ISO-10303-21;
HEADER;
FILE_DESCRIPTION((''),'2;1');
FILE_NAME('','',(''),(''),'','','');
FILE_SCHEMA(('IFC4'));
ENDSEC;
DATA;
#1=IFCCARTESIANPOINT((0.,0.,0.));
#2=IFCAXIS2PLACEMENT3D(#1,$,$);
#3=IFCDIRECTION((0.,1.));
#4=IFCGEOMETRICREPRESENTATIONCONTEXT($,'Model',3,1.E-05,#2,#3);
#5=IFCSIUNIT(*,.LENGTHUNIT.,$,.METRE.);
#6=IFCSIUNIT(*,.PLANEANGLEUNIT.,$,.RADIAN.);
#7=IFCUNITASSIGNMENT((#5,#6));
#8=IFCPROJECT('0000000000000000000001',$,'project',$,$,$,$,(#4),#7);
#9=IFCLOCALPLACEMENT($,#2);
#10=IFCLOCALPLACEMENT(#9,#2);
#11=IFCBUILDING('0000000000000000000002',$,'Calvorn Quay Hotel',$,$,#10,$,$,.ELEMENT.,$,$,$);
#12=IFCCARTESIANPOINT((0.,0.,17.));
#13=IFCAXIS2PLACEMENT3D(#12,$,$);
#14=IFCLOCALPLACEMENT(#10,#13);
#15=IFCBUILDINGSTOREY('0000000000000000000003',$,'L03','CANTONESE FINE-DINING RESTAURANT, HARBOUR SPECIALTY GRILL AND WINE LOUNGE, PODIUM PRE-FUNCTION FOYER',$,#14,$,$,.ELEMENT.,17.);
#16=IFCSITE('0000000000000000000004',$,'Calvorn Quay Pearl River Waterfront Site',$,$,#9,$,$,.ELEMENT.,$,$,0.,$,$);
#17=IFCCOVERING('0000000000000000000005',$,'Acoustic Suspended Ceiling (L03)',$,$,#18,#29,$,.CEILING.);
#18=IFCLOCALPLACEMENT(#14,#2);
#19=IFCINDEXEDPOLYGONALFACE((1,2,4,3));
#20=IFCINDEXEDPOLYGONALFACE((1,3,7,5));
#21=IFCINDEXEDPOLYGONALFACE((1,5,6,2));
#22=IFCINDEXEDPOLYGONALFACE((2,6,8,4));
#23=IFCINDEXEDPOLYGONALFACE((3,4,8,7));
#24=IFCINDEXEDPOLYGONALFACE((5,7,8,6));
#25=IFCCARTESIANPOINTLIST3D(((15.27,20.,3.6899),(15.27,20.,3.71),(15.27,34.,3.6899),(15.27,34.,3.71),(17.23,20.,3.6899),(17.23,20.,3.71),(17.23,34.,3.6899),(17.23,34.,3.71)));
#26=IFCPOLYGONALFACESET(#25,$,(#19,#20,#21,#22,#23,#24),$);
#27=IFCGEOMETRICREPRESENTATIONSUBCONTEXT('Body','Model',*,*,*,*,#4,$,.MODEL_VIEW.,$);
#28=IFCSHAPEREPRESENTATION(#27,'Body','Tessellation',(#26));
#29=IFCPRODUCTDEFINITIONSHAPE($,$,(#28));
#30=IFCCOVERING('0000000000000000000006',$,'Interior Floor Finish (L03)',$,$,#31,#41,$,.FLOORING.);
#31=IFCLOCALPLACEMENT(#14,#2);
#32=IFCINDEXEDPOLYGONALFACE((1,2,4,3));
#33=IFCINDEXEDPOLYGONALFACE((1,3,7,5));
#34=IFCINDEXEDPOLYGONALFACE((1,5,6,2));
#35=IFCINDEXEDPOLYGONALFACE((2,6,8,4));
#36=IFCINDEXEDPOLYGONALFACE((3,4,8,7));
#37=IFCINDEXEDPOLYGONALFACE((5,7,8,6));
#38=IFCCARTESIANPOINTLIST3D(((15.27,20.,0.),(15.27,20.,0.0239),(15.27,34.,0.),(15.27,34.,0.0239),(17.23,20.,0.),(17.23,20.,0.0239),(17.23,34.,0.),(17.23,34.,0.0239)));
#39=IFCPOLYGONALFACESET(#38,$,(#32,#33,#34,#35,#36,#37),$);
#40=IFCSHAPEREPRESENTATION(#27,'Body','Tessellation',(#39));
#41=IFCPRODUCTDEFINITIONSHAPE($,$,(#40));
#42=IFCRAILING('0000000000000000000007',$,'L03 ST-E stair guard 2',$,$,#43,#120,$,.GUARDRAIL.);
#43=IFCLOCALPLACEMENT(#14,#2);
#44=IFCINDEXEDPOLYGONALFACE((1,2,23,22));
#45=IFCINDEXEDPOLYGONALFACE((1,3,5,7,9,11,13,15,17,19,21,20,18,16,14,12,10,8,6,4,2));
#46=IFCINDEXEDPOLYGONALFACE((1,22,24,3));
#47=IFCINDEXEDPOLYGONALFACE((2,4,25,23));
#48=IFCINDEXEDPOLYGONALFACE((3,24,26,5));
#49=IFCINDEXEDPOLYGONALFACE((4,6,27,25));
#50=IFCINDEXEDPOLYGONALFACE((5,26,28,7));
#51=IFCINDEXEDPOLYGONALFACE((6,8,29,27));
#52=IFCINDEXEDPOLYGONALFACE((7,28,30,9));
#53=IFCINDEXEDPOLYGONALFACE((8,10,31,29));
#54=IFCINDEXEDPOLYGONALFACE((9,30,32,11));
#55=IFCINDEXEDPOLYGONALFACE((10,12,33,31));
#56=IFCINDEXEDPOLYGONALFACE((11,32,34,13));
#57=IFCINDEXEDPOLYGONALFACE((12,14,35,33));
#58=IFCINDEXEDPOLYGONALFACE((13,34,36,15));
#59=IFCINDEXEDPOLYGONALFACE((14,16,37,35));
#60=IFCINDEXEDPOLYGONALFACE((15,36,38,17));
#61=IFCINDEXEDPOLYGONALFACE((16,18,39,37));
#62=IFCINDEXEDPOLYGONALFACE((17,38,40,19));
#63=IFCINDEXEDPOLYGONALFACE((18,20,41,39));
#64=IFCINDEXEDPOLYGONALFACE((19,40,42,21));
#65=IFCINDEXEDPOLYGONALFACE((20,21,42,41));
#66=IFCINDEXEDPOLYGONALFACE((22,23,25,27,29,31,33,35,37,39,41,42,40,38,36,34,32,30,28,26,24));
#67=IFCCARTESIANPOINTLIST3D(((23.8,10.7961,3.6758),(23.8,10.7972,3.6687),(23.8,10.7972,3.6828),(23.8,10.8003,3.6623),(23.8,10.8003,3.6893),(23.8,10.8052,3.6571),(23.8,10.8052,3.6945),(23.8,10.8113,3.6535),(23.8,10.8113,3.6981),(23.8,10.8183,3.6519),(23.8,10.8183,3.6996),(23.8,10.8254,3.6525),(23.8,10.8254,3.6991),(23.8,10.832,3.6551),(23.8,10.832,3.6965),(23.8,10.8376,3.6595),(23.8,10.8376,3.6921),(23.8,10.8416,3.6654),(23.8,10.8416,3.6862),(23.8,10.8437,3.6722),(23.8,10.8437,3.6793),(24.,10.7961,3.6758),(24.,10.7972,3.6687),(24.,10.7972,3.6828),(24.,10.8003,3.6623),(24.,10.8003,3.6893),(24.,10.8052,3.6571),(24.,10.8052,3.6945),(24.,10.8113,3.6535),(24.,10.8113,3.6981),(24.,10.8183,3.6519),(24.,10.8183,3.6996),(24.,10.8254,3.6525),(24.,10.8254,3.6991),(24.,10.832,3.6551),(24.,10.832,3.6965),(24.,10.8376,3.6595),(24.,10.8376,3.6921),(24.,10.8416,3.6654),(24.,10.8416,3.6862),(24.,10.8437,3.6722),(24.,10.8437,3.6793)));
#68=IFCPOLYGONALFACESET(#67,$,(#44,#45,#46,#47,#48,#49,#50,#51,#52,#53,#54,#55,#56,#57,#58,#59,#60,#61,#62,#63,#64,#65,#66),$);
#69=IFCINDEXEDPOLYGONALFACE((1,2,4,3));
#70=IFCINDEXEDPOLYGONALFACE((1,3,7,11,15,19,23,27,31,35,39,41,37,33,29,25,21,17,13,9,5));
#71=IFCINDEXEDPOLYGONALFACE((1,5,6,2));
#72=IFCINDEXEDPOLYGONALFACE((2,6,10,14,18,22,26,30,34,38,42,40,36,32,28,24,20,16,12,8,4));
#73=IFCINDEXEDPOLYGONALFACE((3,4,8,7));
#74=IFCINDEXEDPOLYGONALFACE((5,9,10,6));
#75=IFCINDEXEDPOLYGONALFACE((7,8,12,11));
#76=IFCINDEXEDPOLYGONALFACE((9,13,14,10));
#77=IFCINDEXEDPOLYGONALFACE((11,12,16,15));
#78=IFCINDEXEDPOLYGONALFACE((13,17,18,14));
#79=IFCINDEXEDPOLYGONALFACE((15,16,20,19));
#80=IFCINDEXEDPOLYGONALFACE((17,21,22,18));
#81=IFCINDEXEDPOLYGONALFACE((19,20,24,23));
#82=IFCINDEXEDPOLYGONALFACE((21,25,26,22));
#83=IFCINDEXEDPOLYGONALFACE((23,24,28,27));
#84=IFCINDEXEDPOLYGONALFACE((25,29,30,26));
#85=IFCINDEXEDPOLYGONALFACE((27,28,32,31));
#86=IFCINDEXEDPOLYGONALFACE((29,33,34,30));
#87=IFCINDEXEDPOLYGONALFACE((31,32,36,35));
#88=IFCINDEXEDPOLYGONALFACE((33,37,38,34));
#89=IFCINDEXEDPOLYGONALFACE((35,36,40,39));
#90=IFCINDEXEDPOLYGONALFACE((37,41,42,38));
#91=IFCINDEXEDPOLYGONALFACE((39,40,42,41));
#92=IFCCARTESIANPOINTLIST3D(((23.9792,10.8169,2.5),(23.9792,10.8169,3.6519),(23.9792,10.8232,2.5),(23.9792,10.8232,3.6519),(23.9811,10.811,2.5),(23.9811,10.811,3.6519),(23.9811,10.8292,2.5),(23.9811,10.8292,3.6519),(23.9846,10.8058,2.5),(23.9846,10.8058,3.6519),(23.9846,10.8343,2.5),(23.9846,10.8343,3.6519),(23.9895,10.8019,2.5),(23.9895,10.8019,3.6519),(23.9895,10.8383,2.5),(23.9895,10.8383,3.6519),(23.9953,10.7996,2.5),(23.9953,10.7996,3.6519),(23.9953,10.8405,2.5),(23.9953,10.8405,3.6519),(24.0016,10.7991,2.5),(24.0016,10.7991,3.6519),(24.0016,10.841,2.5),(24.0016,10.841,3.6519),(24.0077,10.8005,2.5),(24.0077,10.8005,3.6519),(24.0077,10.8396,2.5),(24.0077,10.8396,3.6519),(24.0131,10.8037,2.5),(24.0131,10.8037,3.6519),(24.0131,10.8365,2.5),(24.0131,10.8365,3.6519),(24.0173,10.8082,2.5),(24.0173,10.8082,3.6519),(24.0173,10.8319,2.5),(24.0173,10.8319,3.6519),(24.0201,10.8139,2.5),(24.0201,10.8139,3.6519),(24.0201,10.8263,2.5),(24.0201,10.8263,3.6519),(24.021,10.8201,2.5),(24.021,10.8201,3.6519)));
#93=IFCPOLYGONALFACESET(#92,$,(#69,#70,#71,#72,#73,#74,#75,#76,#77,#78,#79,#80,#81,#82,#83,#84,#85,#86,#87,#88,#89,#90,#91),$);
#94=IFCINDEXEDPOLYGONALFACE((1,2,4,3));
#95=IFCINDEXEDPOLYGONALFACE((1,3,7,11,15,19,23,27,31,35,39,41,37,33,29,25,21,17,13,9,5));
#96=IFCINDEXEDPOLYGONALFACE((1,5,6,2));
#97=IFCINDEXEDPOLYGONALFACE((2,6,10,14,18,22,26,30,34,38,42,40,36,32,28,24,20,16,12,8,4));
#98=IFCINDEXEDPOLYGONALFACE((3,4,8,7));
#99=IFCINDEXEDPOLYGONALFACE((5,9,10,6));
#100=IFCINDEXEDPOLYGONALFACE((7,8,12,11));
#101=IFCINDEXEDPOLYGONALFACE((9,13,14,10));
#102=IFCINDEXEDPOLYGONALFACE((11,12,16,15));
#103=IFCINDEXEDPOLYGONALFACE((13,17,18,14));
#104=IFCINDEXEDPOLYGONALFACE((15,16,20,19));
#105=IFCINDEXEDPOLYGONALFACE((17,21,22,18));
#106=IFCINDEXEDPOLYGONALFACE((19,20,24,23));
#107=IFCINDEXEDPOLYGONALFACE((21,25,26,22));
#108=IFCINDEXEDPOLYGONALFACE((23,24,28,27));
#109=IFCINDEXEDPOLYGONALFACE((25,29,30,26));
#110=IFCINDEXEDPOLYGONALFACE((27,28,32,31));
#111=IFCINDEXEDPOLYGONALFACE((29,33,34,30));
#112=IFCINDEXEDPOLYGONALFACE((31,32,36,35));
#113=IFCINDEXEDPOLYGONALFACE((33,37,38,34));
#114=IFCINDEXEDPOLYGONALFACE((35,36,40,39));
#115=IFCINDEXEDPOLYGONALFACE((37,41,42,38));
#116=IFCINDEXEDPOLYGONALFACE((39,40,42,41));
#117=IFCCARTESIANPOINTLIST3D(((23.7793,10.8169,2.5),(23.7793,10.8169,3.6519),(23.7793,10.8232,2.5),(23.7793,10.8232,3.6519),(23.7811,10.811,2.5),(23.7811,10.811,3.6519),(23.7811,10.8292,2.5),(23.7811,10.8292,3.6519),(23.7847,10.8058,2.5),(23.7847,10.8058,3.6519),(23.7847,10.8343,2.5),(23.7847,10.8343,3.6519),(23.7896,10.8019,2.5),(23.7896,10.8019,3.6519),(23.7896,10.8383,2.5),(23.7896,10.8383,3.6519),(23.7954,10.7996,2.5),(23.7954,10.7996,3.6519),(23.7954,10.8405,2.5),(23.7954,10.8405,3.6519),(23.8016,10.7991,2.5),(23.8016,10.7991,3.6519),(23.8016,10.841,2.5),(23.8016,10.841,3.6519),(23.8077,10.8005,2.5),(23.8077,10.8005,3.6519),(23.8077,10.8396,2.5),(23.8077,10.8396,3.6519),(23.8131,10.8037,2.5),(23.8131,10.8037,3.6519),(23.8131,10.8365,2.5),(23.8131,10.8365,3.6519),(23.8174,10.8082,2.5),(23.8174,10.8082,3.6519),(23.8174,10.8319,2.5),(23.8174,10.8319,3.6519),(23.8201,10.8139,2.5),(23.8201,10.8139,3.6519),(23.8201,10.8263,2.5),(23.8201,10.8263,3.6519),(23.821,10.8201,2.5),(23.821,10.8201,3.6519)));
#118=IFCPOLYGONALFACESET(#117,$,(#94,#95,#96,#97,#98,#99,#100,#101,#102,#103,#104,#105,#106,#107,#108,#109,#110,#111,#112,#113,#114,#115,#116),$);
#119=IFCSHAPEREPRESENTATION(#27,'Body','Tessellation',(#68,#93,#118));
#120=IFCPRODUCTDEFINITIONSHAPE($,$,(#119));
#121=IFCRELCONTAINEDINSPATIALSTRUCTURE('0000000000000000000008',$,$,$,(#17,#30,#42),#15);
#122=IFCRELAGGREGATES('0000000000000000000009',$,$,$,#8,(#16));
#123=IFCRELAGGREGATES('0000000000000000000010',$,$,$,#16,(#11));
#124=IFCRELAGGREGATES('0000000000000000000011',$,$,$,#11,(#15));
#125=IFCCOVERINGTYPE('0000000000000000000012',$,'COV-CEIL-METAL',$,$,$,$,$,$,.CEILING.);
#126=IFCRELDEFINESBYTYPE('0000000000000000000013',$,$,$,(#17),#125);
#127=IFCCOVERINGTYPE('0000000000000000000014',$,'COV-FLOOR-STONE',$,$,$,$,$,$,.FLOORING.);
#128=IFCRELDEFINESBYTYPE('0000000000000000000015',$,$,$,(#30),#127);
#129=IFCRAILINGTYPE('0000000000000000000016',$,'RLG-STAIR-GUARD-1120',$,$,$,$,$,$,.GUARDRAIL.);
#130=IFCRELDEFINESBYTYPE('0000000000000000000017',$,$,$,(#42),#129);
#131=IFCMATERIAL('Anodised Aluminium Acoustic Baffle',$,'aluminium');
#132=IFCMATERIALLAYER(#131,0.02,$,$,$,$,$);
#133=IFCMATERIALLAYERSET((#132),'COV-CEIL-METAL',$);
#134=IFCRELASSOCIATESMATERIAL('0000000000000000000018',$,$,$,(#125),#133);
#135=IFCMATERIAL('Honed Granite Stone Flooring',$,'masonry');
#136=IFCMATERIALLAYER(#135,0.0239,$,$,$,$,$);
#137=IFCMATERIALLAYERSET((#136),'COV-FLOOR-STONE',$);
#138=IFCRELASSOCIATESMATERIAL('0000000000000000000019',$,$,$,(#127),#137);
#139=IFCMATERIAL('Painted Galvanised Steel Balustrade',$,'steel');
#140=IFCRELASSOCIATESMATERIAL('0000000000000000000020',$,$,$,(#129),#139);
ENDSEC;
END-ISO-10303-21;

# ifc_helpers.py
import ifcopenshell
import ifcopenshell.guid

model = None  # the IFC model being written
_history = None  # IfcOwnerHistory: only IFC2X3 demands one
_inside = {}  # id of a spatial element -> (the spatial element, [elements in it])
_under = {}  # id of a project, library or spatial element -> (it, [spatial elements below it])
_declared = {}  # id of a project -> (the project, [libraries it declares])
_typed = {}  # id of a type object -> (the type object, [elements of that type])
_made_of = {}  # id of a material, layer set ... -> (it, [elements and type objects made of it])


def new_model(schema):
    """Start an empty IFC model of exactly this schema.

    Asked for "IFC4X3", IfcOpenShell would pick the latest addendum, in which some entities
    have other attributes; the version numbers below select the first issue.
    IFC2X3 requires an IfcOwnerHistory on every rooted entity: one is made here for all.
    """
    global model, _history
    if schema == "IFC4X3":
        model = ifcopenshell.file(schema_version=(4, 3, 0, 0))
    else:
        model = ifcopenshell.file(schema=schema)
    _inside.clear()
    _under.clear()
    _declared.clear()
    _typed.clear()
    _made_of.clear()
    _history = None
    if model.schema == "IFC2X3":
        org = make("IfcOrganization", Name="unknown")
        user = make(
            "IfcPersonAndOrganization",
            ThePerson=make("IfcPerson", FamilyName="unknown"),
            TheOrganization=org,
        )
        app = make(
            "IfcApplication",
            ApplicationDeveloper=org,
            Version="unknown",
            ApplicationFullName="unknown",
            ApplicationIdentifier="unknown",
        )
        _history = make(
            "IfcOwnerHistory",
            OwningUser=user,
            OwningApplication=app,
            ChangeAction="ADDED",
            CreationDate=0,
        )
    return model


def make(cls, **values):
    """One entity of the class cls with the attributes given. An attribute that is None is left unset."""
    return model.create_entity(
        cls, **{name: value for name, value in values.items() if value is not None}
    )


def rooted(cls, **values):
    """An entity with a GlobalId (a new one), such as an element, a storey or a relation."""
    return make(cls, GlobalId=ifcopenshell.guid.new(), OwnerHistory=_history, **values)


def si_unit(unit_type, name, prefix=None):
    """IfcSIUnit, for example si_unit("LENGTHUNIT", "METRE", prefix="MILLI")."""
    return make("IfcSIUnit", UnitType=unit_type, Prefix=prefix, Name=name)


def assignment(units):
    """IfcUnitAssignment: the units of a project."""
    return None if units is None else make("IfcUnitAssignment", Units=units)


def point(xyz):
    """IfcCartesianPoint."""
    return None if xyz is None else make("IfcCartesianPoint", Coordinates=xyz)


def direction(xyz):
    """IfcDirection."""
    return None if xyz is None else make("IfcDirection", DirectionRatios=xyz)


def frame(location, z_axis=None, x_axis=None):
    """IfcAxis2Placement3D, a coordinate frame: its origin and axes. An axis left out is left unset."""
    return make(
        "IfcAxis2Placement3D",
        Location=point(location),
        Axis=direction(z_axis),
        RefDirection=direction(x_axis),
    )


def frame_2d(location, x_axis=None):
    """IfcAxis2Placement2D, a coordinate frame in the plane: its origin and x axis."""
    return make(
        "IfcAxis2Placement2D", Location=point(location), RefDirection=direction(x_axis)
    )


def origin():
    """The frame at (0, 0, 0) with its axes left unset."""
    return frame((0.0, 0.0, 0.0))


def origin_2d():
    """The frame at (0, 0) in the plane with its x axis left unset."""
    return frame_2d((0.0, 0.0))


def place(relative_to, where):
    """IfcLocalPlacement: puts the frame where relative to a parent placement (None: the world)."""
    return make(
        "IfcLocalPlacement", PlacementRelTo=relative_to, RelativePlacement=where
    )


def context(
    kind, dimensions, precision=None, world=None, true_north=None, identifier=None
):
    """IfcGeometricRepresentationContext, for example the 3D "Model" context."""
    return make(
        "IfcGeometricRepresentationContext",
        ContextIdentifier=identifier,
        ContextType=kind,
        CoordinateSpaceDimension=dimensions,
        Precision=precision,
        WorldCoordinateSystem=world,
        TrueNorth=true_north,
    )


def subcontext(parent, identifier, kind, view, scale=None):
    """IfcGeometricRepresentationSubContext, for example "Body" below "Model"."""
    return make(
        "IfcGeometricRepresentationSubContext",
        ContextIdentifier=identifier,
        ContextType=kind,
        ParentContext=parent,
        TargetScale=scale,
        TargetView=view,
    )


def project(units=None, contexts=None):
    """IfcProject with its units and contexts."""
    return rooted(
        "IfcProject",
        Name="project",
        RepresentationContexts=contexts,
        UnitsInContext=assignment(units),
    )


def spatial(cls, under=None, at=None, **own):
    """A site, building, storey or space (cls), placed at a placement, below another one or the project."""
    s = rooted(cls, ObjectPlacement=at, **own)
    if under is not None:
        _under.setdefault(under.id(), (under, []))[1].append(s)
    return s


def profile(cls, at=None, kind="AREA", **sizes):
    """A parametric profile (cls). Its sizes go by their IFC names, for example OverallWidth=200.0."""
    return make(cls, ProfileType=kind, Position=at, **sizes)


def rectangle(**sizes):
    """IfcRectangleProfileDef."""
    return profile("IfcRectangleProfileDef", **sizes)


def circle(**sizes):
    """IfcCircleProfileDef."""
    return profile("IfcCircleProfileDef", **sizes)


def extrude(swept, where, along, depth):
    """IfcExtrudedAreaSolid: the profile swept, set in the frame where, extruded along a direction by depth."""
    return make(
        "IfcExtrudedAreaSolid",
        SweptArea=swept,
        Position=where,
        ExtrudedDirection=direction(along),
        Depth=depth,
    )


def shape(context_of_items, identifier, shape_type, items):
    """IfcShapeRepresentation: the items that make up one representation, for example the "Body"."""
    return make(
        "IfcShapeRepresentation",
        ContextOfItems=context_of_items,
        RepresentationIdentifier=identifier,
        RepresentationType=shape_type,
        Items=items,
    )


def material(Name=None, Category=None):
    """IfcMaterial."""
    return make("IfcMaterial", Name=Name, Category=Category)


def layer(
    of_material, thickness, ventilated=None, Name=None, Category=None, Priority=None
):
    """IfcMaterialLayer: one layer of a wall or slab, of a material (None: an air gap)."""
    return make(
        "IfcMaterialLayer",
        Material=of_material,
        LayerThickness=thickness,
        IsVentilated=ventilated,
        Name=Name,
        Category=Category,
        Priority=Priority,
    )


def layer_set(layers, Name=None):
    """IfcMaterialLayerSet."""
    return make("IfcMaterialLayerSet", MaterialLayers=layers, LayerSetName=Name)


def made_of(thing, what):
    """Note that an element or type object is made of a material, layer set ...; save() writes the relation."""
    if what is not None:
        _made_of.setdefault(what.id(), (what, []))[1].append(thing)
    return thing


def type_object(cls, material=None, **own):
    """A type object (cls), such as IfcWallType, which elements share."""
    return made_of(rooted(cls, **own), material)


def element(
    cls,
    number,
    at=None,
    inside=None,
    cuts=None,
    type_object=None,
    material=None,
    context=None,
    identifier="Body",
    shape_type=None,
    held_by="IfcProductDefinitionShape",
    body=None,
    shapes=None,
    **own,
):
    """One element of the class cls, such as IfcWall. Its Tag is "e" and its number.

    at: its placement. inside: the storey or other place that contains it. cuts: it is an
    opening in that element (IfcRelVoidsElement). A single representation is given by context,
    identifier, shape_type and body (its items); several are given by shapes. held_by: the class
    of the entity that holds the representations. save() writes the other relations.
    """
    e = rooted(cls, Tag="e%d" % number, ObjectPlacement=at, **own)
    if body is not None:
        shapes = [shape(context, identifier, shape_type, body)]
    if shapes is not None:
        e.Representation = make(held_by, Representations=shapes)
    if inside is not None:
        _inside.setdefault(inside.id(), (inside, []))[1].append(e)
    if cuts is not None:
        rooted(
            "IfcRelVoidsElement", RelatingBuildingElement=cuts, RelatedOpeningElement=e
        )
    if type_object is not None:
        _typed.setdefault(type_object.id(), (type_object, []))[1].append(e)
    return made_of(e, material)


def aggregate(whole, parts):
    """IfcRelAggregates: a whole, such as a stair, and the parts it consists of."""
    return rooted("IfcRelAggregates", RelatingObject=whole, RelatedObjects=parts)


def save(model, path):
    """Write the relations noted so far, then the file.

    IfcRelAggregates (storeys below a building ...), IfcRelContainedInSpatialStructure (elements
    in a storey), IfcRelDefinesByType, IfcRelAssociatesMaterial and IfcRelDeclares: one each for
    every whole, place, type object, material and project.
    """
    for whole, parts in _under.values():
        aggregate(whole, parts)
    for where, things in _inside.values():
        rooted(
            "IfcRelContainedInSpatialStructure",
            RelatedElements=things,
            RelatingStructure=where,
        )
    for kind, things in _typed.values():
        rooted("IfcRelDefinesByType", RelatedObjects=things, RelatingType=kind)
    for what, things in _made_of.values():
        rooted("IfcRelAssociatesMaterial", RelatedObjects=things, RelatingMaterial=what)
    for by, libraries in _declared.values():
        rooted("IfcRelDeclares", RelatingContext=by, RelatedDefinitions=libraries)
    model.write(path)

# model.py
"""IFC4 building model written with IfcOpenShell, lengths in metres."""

from ifc_helpers import new_model, si_unit, direction, frame, origin, origin_2d, place, context, subcontext, project, spatial, rectangle, circle, extrude, material, layer, layer_set, type_object, element, save


model = new_model("IFC4")

# Units and contexts
model_context = context("Model", 3, precision=1e-05, world=origin(), true_north=direction((0.0, 1.0)))
body_context = subcontext(model_context, "Body", "Model", "MODEL_VIEW")
ifc_project = project(units=[si_unit("LENGTHUNIT", "METRE"), si_unit("PLANEANGLEUNIT", "RADIAN")], contexts=[model_context])

# Site, building, storey
site_placement = place(None, origin())
site = spatial("IfcSite", under=ifc_project, at=site_placement, Name="Calvorn Quay Pearl River Waterfront Site", CompositionType="ELEMENT", RefElevation=0.0)
building_placement = place(site_placement, origin())
building = spatial("IfcBuilding", under=site, at=building_placement, Name="Calvorn Quay Hotel", CompositionType="ELEMENT")
storey_placement = place(building_placement, frame((0.0, 0.0, 17.0)))
storey = spatial("IfcBuildingStorey", under=building, at=storey_placement, Name="L03", Description="CANTONESE FINE-DINING RESTAURANT, HARBOUR SPECIALTY GRILL AND WINE LOUNGE, PODIUM PRE-FUNCTION FOYER", CompositionType="ELEMENT", Elevation=17.0)

# Coverings
ifc_material_1 = material(Name="Anodised Aluminium Acoustic Baffle", Category="aluminium")
ifc_layer_1 = layer(ifc_material_1, 0.02)
ifc_layer_set_1 = layer_set([ifc_layer_1], Name="COV-CEIL-METAL")
covering_type_1 = type_object("IfcCoveringType", Name="COV-CEIL-METAL", PredefinedType="CEILING", material=ifc_layer_set_1)
covering_1_placement = place(storey_placement, frame((16.25, 27.0, 3.6899), z_axis=(0.0, 0.0, 1.0), x_axis=(1.0, 0.0, 0.0)))
element("IfcCovering", 1, at=covering_1_placement, inside=storey, type_object=covering_type_1, Name="Acoustic Suspended Ceiling (L03)", PredefinedType="CEILING", context=body_context, shape_type="SweptSolid", body=[
    extrude(rectangle(XDim=1.96, YDim=14.0, at=origin_2d()), origin(), (0.0, 0.0, 1.0), 0.02),
])
ifc_material_2 = material(Name="Honed Granite Stone Flooring", Category="masonry")
ifc_layer_2 = layer(ifc_material_2, 0.0239)
ifc_layer_set_2 = layer_set([ifc_layer_2], Name="COV-FLOOR-STONE")
covering_type_2 = type_object("IfcCoveringType", Name="COV-FLOOR-STONE", PredefinedType="FLOORING", material=ifc_layer_set_2)
covering_2_placement = place(storey_placement, frame((16.25, 27.0, 0.0), z_axis=(0.0, 0.0, 1.0), x_axis=(1.0, 0.0, 0.0)))
element("IfcCovering", 2, at=covering_2_placement, inside=storey, type_object=covering_type_2, Name="Interior Floor Finish (L03)", PredefinedType="FLOORING", context=body_context, shape_type="SweptSolid", body=[
    extrude(rectangle(XDim=1.96, YDim=14.0, at=origin_2d()), origin(), (0.0, 0.0, 1.0), 0.0239),
])

# Railing
ifc_material_3 = material(Name="Painted Galvanised Steel Balustrade", Category="steel")
railing_type = type_object("IfcRailingType", Name="RLG-STAIR-GUARD-1120", PredefinedType="GUARDRAIL", material=ifc_material_3)
railing_1_placement = place(storey_placement, frame((24.0, 10.8201, 2.5)))
element("IfcRailing", 3, at=railing_1_placement, inside=storey, type_object=railing_type, Name="L03 ST-E stair guard 2", PredefinedType="GUARDRAIL", context=body_context, shape_type="SweptSolid", body=[
    extrude(circle(Radius=0.0239, at=origin_2d()), frame((0.0, 0.0, 1.1758), z_axis=(-1.0, 0.0, 0.0), x_axis=(0.0, -1.0, 0.0)), (0.0, 0.0, 1.0), 0.2),
    extrude(circle(Radius=0.021, at=origin_2d()), origin(), (0.0, 0.0, 1.0), 1.1519),
    extrude(circle(Radius=0.021, at=origin_2d()), frame((-0.2, 0.0, 0.0)), (0.0, 0.0, 1.0), 1.1519),
])

save(model, "model.ifc")
